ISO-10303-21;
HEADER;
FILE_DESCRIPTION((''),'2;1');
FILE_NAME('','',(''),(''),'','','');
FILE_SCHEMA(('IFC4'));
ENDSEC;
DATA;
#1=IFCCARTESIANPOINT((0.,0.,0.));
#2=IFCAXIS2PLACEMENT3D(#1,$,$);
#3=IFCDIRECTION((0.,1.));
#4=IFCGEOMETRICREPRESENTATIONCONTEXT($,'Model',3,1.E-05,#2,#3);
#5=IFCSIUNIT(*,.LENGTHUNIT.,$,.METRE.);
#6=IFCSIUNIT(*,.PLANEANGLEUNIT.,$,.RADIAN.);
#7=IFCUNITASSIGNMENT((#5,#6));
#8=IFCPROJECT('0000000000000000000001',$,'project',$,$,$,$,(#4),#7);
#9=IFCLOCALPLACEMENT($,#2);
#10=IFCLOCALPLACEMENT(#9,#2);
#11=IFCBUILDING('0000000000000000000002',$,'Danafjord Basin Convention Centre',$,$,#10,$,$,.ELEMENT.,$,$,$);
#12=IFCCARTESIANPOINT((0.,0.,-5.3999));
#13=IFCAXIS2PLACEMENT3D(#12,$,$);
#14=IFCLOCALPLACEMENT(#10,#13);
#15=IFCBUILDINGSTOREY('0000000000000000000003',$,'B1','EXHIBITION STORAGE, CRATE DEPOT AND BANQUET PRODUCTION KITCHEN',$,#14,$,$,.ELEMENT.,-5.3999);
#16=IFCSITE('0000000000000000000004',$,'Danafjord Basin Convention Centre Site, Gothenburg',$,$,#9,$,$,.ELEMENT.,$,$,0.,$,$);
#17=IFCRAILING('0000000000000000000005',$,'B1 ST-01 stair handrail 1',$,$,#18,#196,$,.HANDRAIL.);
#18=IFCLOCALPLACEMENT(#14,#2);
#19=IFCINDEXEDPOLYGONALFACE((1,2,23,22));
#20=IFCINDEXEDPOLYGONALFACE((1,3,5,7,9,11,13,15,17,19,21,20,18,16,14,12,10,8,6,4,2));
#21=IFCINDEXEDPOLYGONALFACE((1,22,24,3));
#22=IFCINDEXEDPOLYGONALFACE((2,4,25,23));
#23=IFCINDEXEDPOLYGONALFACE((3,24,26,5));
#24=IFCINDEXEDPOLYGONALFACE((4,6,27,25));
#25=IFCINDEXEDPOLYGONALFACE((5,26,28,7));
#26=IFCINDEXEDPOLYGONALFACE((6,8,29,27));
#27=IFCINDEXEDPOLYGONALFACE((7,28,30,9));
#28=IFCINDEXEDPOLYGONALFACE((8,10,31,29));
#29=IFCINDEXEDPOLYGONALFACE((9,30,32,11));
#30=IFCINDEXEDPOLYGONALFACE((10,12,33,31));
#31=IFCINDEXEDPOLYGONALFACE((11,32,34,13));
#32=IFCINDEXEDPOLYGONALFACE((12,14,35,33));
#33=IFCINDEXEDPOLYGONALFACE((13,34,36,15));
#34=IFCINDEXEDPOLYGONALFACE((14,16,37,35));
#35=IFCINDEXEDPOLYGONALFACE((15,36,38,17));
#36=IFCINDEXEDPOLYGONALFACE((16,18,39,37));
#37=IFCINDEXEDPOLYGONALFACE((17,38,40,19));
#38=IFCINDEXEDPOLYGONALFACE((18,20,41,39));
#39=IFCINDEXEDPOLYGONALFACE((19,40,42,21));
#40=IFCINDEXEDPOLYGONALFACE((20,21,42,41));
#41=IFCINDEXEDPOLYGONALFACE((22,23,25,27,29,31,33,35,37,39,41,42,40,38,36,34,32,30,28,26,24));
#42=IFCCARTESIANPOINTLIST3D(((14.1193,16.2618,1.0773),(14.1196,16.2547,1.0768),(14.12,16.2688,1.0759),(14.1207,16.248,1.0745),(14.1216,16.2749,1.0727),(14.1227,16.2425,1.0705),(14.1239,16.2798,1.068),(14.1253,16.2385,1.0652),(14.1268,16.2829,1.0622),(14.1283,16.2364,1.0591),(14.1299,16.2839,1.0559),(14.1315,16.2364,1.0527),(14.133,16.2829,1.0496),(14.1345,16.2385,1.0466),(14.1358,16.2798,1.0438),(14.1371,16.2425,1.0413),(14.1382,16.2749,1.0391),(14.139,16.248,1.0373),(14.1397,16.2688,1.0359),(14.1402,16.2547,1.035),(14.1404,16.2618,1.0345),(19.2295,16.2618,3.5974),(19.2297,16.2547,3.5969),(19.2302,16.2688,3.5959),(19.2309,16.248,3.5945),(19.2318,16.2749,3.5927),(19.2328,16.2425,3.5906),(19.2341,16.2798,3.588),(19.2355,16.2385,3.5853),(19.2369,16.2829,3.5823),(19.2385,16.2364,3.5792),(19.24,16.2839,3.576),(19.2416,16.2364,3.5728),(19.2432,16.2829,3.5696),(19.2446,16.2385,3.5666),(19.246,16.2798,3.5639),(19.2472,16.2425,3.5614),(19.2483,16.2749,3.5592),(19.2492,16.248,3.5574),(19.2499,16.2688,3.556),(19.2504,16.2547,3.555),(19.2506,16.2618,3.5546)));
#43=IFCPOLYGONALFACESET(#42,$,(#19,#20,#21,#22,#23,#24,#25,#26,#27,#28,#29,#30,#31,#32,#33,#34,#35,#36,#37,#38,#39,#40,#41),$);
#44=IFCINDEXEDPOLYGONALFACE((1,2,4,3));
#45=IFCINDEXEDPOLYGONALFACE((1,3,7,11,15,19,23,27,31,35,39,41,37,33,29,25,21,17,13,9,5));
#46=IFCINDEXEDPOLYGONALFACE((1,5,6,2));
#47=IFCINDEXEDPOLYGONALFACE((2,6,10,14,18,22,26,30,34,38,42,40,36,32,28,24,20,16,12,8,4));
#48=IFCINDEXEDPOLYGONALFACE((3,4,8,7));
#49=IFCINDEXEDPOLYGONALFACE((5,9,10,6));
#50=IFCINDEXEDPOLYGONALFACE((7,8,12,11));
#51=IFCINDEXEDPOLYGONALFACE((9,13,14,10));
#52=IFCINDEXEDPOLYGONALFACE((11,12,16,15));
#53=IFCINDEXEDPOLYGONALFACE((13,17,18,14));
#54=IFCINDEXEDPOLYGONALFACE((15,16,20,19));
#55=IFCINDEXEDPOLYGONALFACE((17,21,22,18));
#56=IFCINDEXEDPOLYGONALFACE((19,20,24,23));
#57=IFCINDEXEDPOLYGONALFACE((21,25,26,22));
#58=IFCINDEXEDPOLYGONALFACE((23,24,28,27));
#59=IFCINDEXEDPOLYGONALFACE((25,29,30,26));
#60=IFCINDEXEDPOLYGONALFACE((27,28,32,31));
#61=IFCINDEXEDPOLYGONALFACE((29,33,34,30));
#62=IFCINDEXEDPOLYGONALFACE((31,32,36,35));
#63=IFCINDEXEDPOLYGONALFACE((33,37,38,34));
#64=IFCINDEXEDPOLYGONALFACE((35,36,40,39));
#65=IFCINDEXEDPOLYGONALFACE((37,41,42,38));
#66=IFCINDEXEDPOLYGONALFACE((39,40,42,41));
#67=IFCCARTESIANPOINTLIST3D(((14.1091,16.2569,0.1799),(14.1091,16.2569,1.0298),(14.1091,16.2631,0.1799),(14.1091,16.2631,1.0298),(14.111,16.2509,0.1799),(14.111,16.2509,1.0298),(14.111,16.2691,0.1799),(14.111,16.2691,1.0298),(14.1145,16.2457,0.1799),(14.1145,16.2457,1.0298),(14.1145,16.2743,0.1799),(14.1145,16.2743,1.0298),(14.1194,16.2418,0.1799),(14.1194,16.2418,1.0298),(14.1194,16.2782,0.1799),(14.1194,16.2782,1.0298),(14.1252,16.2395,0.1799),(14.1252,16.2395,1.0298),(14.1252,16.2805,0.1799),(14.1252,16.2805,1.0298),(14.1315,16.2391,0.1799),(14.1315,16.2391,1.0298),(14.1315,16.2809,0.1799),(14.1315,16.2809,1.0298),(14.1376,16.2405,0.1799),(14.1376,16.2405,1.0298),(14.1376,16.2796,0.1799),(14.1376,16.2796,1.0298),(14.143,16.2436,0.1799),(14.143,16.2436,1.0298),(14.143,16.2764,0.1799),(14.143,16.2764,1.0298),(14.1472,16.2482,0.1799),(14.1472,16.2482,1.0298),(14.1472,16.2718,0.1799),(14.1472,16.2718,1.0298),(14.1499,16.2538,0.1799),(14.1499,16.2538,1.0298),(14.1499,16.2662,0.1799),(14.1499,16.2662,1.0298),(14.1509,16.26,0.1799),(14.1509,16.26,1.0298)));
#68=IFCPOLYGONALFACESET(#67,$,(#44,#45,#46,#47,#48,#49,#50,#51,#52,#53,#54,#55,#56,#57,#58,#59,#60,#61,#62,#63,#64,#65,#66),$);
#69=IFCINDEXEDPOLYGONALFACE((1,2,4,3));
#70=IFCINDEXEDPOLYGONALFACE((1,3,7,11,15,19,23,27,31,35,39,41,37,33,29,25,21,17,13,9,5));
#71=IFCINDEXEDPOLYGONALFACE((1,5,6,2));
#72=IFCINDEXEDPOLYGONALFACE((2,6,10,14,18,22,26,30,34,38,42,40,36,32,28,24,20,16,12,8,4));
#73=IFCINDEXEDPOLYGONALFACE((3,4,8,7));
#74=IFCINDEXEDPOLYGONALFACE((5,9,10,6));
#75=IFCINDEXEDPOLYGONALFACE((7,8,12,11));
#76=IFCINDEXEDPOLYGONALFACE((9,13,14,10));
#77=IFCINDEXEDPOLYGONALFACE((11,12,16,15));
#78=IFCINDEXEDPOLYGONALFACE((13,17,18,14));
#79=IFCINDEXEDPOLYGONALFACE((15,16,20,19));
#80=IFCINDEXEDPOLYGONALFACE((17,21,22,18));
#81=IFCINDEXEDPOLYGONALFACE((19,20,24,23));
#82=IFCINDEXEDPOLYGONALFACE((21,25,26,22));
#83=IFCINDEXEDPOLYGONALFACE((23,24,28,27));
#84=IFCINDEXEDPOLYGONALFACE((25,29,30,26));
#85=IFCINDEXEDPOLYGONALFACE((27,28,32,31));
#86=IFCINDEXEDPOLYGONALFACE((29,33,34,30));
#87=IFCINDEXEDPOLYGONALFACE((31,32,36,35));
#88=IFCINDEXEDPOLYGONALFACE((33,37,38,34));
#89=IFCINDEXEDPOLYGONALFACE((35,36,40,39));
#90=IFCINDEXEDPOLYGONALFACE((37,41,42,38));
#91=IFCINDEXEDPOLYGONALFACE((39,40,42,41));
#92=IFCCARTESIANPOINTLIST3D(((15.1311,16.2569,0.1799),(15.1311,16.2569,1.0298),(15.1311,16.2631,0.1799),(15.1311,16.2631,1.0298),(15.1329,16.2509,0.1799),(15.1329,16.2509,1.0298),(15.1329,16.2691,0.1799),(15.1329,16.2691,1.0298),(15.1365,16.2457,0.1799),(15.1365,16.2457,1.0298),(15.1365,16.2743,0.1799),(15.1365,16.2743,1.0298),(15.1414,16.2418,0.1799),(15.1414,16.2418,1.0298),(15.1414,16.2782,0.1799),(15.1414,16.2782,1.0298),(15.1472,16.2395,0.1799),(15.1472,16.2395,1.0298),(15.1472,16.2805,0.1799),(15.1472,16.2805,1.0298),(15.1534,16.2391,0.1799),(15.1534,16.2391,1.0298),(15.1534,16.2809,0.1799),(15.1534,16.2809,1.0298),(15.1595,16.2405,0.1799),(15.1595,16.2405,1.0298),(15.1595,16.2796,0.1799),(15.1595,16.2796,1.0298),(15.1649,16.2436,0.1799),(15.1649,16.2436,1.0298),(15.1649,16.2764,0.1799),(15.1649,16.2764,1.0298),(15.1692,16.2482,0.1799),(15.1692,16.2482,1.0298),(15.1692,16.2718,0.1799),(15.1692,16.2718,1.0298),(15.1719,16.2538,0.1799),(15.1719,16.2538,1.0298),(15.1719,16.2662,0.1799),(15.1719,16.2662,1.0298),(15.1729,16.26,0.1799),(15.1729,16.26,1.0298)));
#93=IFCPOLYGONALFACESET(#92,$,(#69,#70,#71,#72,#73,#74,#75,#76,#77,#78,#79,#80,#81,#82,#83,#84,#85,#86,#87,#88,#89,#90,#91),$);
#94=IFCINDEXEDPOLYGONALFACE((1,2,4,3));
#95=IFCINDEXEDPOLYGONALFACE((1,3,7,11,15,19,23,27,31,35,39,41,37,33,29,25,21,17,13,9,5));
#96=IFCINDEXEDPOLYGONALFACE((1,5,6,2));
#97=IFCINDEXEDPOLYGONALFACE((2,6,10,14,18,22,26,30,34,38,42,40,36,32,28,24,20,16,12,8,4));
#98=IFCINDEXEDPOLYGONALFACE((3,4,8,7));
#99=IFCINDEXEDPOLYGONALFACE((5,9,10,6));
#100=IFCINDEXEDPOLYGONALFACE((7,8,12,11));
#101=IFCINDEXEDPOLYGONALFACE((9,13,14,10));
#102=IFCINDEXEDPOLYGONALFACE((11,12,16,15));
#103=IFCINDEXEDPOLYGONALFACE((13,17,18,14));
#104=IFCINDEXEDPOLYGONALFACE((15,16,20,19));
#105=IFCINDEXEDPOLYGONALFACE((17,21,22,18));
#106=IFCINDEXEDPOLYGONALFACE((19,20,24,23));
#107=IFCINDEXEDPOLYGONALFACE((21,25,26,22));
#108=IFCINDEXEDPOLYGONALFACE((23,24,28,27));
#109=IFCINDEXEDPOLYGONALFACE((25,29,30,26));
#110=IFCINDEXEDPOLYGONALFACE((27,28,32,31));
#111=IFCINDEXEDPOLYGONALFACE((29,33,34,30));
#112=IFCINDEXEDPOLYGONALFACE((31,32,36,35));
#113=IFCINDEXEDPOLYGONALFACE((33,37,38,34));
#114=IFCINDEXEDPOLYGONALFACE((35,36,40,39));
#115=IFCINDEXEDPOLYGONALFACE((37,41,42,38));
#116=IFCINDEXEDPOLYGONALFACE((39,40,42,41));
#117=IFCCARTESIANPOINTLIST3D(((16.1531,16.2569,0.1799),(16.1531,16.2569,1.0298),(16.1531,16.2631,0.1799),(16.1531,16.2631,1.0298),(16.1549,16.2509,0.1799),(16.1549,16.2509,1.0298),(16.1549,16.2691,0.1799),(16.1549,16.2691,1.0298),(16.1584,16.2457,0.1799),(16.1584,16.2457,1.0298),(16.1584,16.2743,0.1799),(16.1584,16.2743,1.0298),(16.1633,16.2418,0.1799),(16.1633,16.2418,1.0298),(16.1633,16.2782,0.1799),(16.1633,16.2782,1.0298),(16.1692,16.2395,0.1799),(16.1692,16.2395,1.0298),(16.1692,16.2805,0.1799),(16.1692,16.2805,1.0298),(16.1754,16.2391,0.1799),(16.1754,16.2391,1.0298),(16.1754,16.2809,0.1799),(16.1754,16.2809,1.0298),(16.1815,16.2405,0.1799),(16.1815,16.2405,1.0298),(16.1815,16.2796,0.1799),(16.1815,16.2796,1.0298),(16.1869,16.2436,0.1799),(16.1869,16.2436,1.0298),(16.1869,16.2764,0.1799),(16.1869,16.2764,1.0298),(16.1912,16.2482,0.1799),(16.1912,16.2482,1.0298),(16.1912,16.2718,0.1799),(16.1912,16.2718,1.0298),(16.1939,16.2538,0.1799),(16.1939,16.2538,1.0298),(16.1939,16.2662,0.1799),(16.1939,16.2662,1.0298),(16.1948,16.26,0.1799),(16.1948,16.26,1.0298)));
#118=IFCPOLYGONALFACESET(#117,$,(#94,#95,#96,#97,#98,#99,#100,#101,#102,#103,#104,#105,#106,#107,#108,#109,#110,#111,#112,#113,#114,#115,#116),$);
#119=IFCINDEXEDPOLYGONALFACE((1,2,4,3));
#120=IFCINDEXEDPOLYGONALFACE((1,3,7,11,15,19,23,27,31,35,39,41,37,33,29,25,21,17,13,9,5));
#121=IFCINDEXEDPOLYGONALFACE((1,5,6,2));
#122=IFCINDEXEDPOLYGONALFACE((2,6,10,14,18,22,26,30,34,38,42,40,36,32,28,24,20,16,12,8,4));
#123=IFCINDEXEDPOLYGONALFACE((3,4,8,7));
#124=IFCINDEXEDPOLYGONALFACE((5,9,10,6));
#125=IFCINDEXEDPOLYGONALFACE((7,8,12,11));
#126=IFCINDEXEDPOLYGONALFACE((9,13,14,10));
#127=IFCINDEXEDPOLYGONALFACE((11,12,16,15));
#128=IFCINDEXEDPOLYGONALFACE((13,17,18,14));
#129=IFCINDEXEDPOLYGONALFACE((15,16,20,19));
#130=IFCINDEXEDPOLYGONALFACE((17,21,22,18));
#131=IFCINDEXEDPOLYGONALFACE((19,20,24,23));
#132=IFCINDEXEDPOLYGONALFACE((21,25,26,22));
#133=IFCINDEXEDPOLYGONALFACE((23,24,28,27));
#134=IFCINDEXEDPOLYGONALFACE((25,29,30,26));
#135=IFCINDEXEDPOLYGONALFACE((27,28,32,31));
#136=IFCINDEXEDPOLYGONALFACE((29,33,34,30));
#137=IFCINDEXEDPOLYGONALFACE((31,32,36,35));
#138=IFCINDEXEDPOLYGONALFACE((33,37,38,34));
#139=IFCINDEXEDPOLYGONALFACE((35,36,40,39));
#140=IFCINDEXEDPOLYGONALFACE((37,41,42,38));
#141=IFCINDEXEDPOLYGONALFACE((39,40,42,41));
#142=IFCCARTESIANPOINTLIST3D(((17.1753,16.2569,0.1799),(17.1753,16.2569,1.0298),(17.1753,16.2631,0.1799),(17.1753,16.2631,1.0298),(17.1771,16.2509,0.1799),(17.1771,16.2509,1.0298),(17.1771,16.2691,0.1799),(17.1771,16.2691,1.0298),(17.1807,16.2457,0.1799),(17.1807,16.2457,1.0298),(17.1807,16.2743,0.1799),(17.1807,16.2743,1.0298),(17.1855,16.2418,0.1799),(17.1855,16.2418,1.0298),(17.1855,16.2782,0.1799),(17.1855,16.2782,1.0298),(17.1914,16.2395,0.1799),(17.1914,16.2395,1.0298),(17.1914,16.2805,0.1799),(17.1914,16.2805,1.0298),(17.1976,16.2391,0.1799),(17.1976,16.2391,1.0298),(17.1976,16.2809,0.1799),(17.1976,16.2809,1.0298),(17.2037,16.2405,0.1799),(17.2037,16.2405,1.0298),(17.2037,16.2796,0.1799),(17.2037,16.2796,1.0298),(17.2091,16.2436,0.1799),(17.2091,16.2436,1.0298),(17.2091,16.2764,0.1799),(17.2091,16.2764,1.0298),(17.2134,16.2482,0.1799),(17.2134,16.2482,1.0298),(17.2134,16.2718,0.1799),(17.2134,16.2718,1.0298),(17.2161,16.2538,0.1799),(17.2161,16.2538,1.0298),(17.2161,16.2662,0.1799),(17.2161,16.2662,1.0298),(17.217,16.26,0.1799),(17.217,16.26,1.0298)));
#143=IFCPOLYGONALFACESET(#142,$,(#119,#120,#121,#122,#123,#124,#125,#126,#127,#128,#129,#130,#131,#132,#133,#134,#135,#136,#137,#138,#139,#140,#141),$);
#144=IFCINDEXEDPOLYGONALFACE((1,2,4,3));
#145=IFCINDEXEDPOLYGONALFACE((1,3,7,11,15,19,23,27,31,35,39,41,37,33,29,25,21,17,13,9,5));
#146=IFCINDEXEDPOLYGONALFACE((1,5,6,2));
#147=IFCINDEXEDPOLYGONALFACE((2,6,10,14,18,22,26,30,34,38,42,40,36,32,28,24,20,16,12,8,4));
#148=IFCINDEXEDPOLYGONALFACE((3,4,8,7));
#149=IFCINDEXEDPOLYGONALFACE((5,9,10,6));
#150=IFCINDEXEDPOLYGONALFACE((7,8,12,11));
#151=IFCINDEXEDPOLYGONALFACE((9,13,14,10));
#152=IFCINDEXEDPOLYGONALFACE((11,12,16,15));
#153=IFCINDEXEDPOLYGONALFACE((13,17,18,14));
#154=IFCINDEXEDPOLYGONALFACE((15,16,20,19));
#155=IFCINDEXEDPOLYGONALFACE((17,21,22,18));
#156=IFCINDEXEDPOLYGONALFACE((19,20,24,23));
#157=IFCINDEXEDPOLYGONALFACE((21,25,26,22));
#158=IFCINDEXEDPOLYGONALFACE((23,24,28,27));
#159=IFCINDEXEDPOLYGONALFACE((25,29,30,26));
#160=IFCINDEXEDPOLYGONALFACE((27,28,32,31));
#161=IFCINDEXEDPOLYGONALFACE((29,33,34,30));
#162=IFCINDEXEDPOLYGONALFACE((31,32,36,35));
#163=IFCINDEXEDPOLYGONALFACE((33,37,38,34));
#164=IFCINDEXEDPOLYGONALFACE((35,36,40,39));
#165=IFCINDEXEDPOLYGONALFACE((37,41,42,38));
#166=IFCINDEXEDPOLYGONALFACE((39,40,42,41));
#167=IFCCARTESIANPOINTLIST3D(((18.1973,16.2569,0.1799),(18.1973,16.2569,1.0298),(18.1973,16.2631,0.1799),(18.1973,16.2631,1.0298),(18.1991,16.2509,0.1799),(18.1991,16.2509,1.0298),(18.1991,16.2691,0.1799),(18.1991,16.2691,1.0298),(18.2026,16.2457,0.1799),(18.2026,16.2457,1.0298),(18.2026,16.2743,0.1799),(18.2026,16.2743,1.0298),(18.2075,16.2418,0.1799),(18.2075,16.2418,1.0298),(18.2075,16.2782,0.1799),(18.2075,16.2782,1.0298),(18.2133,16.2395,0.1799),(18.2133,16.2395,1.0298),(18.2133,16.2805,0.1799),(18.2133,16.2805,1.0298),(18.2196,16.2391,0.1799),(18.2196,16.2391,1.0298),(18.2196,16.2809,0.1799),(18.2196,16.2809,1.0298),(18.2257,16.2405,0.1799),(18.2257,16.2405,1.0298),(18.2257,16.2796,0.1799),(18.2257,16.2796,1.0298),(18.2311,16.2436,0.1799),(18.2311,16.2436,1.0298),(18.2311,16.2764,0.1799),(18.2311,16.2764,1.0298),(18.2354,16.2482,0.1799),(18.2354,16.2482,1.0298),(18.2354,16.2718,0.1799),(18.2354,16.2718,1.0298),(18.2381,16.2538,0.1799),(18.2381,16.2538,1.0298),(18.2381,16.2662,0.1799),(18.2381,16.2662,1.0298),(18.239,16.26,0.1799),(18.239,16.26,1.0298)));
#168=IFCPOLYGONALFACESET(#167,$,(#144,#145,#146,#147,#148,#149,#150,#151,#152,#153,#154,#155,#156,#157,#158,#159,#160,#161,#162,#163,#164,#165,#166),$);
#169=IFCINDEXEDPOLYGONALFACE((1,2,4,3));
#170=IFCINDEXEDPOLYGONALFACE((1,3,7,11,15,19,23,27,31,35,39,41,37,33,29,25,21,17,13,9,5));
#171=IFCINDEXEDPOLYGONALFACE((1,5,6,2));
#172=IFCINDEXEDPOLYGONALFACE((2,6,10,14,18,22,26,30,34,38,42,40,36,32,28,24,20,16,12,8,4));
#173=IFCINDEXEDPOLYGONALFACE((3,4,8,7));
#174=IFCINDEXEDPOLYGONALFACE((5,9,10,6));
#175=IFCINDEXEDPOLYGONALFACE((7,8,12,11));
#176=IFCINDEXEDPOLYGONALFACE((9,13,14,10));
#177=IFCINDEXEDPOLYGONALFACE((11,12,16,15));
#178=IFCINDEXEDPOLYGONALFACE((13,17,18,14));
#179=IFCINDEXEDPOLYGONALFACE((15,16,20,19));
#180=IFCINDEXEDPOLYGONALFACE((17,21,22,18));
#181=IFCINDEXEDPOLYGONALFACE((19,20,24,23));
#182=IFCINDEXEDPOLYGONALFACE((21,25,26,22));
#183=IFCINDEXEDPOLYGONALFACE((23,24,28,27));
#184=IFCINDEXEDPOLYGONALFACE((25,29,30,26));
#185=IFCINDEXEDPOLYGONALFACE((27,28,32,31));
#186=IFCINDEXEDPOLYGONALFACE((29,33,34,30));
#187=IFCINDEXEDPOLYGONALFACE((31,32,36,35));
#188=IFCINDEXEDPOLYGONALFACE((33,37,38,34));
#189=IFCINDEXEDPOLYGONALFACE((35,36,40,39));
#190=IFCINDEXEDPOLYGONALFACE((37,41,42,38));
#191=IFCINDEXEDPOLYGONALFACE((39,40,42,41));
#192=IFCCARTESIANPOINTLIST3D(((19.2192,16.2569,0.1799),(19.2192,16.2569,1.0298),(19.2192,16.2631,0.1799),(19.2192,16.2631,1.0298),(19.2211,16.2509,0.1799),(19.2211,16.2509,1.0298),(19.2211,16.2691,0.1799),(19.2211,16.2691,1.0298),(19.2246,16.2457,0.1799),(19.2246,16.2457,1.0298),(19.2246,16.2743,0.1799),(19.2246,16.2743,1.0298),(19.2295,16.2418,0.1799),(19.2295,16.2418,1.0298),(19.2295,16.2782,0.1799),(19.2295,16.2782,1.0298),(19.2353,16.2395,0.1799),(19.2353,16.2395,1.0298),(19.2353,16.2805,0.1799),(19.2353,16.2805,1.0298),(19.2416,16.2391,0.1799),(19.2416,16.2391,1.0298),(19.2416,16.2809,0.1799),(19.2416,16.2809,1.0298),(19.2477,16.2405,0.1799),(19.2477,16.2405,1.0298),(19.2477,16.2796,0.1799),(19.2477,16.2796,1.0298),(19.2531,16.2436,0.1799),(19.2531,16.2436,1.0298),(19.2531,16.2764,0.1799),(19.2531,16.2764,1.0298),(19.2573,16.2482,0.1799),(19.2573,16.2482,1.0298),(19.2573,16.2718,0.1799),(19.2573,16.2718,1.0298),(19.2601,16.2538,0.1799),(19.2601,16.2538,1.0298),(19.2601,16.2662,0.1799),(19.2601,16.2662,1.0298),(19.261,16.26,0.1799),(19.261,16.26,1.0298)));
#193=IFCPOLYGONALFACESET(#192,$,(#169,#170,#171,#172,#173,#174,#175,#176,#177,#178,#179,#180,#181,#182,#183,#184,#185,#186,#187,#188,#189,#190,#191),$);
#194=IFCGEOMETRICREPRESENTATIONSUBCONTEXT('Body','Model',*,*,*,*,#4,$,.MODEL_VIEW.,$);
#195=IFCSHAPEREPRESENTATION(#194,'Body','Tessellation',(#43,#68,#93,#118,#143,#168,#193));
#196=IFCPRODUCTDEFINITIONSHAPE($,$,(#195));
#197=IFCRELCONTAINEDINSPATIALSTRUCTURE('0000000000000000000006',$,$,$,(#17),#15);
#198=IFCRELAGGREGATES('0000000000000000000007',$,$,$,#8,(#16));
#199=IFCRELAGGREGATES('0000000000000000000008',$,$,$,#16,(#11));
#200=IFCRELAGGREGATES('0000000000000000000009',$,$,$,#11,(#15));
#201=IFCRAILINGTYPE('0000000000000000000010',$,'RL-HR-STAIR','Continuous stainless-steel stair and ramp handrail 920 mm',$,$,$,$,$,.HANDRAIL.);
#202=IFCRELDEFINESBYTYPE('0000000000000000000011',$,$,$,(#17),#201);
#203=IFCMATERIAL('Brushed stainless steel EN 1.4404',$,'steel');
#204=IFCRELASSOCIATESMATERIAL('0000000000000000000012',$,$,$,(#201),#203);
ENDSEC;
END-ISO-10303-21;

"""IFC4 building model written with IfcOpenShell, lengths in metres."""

from ifc_helpers import new_model, si_unit, direction, frame, origin, origin_2d, place, context, subcontext, project, spatial, circle, extrude, material, type_object, element, save


model = new_model("IFC4")

# Units and contexts
model_context = context("Model", 3, precision=1e-05, world=origin(), true_north=direction((0.0, 1.0)))
body_context = subcontext(model_context, "Body", "Model", "MODEL_VIEW")
ifc_project = project(units=[si_unit("LENGTHUNIT", "METRE"), si_unit("PLANEANGLEUNIT", "RADIAN")], contexts=[model_context])

# Site, building, storey
site_placement = place(None, origin())
site = spatial("IfcSite", under=ifc_project, at=site_placement, Name="Danafjord Basin Convention Centre Site, Gothenburg", CompositionType="ELEMENT", RefElevation=0.0)
building_placement = place(site_placement, origin())
building = spatial("IfcBuilding", under=site, at=building_placement, Name="Danafjord Basin Convention Centre", CompositionType="ELEMENT")
storey_placement = place(building_placement, frame((0.0, 0.0, -5.3999)))
storey = spatial("IfcBuildingStorey", under=building, at=storey_placement, Name="B1", Description="EXHIBITION STORAGE, CRATE DEPOT AND BANQUET PRODUCTION KITCHEN", CompositionType="ELEMENT", Elevation=-5.3999)

# Railing
ifc_material_1 = material(Name="Brushed stainless steel EN 1.4404", Category="steel")
railing_type = type_object("IfcRailingType", Name="RL-HR-STAIR", Description="Continuous stainless-steel stair and ramp handrail 920 mm", PredefinedType="HANDRAIL", material=ifc_material_1)
railing_placement = place(storey_placement, frame((14.1299, 16.26, 0.1799)))
element("IfcRailing", 1, at=railing_placement, inside=storey, type_object=railing_type, Name="B1 ST-01 stair handrail 1", PredefinedType="HANDRAIL", context=body_context, shape_type="SweptSolid", body=[
    extrude(circle(Radius=0.0239, at=origin_2d()), frame((0.0, 0.0, 0.876), z_axis=(0.896873, 0.0, 0.442288), x_axis=(0.0, 1.0, 0.0)), (0.0, 0.0, 1.0), 5.6978),
    extrude(circle(Radius=0.021, at=origin_2d()), origin(), (0.0, 0.0, 1.0), 0.8499),
    extrude(circle(Radius=0.021, at=origin_2d()), frame((1.022, 0.0, 0.0)), (0.0, 0.0, 1.0), 0.8499),
    extrude(circle(Radius=0.021, at=origin_2d()), frame((2.0439, 0.0, 0.0)), (0.0, 0.0, 1.0), 0.8499),
    extrude(circle(Radius=0.021, at=origin_2d()), frame((3.0662, 0.0, 0.0)), (0.0, 0.0, 1.0), 0.8499),
    extrude(circle(Radius=0.021, at=origin_2d()), frame((4.0881, 0.0, 0.0)), (0.0, 0.0, 1.0), 0.8499),
    extrude(circle(Radius=0.021, at=origin_2d()), frame((5.1101, 0.0, 0.0)), (0.0, 0.0, 1.0), 0.8499),
])

save(model, "model.ifc")
